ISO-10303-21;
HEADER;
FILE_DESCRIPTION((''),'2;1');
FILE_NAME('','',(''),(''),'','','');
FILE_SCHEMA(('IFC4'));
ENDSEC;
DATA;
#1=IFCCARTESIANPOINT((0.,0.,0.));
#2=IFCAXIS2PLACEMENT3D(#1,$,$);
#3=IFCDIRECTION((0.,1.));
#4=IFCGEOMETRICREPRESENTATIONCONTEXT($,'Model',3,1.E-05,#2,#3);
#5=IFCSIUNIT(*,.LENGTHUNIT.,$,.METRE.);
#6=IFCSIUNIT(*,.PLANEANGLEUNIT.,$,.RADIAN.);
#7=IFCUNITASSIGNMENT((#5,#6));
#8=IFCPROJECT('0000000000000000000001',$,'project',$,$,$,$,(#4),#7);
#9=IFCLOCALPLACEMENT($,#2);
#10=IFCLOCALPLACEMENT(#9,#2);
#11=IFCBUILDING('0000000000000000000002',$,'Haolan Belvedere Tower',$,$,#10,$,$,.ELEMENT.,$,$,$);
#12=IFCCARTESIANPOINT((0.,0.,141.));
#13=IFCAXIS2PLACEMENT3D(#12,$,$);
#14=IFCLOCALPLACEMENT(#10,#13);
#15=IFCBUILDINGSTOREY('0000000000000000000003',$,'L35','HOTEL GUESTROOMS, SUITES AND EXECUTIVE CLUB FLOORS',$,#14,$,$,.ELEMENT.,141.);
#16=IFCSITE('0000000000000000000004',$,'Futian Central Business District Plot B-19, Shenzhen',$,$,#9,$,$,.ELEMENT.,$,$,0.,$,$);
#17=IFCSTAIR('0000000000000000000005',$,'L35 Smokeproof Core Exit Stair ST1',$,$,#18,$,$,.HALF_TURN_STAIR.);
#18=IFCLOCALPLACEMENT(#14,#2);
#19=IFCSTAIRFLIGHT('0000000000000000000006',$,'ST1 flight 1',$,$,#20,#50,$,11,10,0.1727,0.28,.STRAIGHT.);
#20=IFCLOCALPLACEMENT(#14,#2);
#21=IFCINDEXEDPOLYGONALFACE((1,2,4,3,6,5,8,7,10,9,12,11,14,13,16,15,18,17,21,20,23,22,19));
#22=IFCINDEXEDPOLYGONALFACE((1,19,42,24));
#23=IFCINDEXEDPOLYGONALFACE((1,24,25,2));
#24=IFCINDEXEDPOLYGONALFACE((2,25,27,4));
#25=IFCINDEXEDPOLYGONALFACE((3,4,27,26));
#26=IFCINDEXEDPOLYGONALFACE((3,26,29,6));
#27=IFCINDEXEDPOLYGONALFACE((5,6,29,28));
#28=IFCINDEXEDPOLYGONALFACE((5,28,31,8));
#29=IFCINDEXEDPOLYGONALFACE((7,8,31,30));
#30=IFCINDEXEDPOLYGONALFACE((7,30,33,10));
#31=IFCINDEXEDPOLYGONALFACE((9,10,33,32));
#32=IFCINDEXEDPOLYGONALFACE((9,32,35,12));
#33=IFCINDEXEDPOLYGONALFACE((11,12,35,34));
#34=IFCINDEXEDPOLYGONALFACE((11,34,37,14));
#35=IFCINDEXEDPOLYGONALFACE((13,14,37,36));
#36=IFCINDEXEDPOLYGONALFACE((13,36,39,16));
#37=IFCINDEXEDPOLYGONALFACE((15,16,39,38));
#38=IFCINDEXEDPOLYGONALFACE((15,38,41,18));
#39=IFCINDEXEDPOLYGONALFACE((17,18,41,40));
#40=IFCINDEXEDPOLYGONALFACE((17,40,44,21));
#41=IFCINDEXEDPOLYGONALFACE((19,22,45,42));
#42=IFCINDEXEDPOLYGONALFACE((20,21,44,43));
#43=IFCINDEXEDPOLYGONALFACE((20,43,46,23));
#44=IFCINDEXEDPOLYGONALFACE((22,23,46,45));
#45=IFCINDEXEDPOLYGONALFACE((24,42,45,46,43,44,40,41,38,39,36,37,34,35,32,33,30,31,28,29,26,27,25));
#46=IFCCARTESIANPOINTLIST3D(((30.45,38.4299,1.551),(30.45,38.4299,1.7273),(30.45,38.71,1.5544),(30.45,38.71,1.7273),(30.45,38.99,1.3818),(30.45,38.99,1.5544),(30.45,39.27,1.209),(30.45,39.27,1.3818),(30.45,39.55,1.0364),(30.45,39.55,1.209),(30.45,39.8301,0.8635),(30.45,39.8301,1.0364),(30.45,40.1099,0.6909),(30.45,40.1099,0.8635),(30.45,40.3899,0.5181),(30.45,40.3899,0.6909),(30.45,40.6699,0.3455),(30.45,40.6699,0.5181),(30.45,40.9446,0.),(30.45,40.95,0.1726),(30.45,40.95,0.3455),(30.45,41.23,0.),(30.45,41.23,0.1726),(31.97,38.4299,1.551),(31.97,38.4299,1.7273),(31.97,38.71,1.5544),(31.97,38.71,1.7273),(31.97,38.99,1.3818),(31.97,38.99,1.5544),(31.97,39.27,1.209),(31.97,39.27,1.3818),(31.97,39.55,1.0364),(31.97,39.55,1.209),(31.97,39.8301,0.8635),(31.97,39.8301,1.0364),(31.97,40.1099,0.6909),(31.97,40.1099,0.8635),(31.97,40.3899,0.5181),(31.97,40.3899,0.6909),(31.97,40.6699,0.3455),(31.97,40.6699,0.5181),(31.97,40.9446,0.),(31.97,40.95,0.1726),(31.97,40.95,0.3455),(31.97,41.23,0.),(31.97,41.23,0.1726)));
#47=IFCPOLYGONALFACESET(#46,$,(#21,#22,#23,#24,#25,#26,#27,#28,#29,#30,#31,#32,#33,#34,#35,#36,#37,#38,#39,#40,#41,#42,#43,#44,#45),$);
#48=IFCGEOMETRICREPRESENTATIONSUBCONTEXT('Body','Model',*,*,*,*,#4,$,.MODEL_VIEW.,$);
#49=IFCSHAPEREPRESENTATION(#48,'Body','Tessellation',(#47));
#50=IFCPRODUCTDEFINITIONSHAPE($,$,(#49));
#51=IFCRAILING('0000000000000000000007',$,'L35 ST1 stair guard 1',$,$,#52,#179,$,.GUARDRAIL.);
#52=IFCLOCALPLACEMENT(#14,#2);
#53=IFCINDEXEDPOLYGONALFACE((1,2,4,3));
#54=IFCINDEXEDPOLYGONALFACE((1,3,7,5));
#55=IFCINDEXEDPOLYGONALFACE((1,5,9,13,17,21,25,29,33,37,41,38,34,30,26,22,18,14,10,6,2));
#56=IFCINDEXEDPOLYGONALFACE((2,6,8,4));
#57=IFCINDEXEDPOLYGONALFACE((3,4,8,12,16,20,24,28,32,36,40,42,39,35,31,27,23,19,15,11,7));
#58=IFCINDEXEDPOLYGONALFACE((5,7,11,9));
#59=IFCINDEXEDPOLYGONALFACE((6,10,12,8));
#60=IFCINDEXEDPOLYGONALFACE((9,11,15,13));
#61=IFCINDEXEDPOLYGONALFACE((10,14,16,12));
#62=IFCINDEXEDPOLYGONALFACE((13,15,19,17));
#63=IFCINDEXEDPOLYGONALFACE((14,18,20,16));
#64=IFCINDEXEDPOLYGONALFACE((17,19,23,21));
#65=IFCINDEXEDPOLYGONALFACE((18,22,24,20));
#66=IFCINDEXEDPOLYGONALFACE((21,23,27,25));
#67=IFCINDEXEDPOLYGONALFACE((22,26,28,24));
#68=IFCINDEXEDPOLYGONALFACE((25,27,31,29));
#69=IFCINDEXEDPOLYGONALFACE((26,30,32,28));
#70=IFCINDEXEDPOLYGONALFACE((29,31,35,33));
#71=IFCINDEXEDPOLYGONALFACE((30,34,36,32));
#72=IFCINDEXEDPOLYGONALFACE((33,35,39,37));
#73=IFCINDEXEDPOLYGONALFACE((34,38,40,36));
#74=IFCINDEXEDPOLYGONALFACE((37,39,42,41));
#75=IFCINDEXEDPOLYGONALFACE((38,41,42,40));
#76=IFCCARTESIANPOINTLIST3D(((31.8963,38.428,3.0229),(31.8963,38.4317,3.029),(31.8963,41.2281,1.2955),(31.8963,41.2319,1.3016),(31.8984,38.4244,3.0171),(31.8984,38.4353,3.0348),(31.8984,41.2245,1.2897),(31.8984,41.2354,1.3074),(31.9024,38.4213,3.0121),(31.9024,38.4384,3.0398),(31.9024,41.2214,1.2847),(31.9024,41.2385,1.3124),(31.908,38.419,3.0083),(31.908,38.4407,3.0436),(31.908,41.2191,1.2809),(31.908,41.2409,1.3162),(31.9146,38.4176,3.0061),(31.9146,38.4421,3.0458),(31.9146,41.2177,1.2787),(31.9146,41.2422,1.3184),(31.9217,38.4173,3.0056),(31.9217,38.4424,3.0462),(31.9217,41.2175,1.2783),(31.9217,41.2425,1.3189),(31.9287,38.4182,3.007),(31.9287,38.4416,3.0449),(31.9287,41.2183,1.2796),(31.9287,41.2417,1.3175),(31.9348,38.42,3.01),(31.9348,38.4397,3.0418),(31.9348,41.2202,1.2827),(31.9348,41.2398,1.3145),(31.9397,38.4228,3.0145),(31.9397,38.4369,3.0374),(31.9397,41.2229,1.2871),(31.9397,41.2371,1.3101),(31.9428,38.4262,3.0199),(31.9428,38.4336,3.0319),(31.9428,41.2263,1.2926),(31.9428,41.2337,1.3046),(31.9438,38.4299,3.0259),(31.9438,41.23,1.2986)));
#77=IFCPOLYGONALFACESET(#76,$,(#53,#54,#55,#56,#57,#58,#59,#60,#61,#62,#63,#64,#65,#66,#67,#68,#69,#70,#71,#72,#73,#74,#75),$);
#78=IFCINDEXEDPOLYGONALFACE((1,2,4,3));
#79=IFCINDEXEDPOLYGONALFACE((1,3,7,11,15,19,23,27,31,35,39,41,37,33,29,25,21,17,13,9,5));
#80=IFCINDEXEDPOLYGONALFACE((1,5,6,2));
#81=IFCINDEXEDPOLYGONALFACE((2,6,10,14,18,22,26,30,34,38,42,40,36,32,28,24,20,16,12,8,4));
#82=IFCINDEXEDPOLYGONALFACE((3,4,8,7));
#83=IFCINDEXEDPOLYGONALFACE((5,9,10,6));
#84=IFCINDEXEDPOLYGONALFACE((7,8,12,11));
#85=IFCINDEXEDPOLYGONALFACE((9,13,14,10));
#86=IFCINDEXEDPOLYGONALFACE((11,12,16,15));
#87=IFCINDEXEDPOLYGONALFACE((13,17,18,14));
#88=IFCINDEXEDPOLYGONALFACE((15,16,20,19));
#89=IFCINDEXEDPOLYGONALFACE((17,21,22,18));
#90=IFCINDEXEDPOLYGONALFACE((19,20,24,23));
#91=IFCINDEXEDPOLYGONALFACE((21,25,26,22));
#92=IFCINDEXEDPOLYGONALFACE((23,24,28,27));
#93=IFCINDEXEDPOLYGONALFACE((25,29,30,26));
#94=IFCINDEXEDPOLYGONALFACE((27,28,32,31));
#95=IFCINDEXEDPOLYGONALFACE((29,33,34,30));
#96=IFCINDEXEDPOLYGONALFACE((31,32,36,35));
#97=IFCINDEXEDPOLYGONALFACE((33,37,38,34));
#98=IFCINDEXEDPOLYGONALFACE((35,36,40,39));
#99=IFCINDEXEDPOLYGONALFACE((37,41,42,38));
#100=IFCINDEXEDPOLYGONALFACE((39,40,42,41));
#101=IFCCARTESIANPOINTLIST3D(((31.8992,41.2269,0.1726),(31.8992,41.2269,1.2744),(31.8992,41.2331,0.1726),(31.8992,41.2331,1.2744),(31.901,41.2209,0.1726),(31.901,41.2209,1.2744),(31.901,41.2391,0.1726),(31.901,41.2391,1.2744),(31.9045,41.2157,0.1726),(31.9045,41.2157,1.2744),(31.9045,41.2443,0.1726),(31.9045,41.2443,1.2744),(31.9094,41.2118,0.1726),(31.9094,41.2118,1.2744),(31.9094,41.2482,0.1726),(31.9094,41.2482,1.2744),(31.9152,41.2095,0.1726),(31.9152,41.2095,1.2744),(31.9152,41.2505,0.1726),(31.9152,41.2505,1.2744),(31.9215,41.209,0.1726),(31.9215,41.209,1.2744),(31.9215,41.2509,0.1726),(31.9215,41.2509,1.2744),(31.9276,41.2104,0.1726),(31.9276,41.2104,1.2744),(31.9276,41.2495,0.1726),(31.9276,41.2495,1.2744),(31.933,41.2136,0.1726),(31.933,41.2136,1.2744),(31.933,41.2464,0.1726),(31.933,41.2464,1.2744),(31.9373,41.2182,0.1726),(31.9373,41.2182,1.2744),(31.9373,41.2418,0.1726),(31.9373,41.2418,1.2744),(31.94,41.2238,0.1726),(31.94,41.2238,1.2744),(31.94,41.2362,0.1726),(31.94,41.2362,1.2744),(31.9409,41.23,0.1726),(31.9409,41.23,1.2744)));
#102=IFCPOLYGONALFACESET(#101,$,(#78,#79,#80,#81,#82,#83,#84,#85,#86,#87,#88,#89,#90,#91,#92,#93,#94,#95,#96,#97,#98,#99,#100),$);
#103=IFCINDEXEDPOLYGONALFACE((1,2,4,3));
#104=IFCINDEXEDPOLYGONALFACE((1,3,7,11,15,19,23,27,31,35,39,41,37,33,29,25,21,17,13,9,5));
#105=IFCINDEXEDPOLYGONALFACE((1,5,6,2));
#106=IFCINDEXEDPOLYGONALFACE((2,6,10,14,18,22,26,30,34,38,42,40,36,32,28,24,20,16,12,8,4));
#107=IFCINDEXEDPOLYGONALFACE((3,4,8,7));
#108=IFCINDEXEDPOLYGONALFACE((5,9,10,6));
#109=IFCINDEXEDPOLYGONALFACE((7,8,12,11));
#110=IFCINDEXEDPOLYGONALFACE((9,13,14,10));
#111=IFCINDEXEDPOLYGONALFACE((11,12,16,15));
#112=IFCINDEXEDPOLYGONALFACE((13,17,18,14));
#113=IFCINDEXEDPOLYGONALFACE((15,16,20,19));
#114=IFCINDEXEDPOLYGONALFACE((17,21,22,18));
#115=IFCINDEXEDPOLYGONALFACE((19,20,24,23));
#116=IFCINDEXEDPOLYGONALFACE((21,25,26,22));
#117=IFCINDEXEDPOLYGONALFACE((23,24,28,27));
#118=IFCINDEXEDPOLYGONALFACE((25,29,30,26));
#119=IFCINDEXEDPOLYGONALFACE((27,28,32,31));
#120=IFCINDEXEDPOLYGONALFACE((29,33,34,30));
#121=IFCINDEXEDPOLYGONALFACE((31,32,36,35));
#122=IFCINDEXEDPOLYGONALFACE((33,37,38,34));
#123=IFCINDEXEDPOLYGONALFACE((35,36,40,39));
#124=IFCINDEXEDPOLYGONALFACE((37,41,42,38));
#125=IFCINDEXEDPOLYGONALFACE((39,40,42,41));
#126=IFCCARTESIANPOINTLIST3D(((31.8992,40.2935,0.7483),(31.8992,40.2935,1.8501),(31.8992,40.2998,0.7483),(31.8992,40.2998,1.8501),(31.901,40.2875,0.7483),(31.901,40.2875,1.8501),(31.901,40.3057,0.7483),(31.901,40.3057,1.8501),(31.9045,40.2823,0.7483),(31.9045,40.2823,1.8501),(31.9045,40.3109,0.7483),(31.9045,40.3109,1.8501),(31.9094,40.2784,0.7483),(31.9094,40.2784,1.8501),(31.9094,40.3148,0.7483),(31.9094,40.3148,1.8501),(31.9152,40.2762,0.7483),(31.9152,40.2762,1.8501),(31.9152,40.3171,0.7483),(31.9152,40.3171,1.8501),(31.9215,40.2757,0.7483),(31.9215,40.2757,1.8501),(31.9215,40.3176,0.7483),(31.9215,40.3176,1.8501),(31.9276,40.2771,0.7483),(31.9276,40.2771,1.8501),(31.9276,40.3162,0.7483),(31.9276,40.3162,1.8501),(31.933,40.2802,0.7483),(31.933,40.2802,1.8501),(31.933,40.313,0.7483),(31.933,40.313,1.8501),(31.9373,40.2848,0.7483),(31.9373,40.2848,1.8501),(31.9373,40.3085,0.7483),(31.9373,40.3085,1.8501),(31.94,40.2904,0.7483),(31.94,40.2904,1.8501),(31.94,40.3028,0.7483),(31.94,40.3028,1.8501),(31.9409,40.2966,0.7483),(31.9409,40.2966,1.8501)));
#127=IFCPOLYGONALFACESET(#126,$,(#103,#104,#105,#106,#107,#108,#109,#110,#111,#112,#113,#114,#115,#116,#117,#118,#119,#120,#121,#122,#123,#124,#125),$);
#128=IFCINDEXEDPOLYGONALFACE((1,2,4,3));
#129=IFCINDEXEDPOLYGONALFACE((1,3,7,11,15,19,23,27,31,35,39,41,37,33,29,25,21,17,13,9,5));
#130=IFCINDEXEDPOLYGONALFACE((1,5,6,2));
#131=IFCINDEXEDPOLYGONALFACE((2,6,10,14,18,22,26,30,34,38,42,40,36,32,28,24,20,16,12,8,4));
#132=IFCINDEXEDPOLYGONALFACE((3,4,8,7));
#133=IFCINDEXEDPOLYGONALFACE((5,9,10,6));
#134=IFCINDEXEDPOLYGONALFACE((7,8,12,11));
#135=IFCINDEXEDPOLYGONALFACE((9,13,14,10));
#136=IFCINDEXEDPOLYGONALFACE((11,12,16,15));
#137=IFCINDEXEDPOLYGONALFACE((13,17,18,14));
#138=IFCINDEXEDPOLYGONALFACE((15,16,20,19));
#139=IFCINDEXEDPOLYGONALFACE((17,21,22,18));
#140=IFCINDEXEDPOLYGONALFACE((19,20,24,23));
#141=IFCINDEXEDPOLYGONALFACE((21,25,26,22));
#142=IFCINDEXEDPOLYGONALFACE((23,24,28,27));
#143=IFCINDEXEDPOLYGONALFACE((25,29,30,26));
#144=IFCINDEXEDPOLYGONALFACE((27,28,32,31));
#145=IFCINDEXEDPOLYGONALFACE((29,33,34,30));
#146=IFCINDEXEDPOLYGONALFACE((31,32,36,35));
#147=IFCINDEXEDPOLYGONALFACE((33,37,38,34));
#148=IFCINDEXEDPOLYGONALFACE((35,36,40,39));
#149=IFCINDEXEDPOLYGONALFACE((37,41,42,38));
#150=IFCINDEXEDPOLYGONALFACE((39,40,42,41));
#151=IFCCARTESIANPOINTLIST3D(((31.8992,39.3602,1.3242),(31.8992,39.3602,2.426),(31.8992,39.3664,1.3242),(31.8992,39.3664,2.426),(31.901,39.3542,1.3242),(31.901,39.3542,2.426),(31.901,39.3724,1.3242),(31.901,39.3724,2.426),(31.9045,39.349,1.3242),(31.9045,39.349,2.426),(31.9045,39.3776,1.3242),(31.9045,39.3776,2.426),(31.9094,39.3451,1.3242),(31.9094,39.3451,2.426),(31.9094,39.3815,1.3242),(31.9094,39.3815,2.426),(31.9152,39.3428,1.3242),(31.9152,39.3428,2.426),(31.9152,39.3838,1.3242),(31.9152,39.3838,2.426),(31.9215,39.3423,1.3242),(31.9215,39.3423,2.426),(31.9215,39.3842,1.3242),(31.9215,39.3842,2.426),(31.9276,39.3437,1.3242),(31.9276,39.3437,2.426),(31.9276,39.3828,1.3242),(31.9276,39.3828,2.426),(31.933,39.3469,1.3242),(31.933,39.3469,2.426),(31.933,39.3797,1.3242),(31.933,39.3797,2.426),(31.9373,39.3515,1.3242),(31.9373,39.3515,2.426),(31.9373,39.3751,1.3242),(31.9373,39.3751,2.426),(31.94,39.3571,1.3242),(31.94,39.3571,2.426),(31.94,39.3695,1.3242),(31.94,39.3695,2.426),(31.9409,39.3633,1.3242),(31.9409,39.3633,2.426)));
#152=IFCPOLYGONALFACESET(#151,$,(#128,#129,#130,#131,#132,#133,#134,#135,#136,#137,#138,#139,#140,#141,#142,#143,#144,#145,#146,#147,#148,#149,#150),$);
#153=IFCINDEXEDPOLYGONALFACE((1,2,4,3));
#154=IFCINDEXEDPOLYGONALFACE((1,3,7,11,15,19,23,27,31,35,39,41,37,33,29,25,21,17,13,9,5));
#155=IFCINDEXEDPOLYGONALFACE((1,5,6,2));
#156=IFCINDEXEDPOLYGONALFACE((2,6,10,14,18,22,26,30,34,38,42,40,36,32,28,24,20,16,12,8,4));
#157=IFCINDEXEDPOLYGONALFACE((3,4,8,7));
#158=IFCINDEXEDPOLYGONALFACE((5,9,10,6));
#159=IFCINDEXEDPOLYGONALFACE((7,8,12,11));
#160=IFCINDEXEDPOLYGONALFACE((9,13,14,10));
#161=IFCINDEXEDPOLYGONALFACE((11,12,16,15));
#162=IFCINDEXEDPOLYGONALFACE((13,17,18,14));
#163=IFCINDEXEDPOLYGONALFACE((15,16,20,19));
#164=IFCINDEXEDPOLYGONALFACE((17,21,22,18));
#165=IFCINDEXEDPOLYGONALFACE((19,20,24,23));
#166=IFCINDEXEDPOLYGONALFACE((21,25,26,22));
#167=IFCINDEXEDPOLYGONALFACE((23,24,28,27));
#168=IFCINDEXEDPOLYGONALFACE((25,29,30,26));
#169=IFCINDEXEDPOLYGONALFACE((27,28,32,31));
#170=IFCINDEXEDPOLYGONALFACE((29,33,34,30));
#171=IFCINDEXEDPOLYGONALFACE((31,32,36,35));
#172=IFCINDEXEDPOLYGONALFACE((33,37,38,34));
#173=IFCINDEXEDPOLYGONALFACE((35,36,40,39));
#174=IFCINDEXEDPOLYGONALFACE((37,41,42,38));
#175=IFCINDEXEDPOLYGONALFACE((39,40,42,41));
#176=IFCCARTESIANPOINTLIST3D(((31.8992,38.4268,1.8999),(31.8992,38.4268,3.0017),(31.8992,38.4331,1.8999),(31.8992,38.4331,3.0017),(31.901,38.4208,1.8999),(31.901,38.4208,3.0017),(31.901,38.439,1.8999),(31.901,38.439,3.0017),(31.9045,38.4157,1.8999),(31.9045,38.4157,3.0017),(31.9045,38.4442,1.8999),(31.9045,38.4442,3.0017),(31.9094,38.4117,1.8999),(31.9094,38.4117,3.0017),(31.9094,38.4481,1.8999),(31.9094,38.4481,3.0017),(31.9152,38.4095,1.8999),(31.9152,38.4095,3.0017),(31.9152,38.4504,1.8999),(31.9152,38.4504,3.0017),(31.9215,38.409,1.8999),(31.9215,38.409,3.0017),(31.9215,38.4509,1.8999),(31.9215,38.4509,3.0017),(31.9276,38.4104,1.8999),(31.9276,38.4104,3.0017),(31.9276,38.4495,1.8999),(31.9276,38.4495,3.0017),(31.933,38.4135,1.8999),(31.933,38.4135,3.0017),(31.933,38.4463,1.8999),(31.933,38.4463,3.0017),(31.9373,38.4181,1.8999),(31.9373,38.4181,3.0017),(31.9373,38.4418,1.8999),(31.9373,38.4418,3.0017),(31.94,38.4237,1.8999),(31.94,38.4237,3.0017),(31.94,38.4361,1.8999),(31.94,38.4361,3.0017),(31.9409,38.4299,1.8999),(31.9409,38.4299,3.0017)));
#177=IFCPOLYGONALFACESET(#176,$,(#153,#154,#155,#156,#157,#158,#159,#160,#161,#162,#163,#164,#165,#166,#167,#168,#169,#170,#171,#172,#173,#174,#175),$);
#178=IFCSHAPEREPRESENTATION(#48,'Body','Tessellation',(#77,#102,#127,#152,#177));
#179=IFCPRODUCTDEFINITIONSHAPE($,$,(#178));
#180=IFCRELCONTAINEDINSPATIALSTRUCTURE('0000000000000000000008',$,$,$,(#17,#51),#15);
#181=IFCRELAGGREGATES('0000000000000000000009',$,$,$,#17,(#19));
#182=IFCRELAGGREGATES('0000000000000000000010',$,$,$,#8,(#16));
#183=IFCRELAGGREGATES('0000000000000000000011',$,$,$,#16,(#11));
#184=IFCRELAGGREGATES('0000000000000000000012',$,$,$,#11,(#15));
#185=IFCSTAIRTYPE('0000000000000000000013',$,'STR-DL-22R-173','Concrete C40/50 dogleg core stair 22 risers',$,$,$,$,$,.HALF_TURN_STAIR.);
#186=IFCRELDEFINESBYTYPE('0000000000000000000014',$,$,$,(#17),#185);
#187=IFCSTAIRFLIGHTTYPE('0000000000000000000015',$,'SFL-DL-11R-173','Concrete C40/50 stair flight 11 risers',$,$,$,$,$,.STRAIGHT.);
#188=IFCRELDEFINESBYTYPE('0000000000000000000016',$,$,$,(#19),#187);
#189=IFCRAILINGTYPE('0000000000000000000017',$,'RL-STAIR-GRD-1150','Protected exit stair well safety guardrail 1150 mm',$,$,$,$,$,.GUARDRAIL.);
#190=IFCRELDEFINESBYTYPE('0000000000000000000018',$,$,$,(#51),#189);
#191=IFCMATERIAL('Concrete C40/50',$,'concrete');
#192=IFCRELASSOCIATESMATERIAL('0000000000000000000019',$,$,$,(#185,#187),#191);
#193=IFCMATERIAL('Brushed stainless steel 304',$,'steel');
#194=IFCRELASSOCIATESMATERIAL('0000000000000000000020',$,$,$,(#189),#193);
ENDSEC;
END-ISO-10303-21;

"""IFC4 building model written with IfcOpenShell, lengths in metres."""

from ifc_helpers import new_model, si_unit, direction, frame, origin, origin_2d, place, context, subcontext, project, spatial, polyline, circle, outline, extrude, material, type_object, element, aggregate, save


model = new_model("IFC4")

# Units and contexts
model_context = context("Model", 3, precision=1e-05, world=origin(), true_north=direction((0.0, 1.0)))
body_context = subcontext(model_context, "Body", "Model", "MODEL_VIEW")
ifc_project = project(units=[si_unit("LENGTHUNIT", "METRE"), si_unit("PLANEANGLEUNIT", "RADIAN")], contexts=[model_context])

# Site, building, storey
site_placement = place(None, origin())
site = spatial("IfcSite", under=ifc_project, at=site_placement, Name="Futian Central Business District Plot B-19, Shenzhen", CompositionType="ELEMENT", RefElevation=0.0)
building_placement = place(site_placement, origin())
building = spatial("IfcBuilding", under=site, at=building_placement, Name="Haolan Belvedere Tower", CompositionType="ELEMENT")
storey_placement = place(building_placement, frame((0.0, 0.0, 141.0)))
storey = spatial("IfcBuildingStorey", under=building, at=storey_placement, Name="L35", Description="HOTEL GUESTROOMS, SUITES AND EXECUTIVE CLUB FLOORS", CompositionType="ELEMENT", Elevation=141.0)

# Shared definitions
ifc_material_1 = material(Name="Concrete C40/50", Category="concrete")

# Stair, stair flight
stair_type = type_object("IfcStairType", Name="STR-DL-22R-173", Description="Concrete C40/50 dogleg core stair 22 risers", PredefinedType="HALF_TURN_STAIR", material=ifc_material_1)
stair_placement = place(storey_placement, origin())
stair = element("IfcStair", 1, at=stair_placement, inside=storey, type_object=stair_type, Name="L35 Smokeproof Core Exit Stair ST1", PredefinedType="HALF_TURN_STAIR")
stair_flight_type = type_object("IfcStairFlightType", Name="SFL-DL-11R-173", Description="Concrete C40/50 stair flight 11 risers", PredefinedType="STRAIGHT", material=ifc_material_1)
stair_flight_placement = place(storey_placement, frame((31.21, 41.23, 0.0), z_axis=(0.0, 0.0, 1.0), x_axis=(0.0, -1.0, 0.0)))
stair_flight = element("IfcStairFlight", 2, at=stair_flight_placement, type_object=stair_flight_type, Name="ST1 flight 1", NumberOfRisers=11, NumberOfTreads=10, PredefinedType="STRAIGHT", RiserHeight=0.1727, TreadLength=0.28, context=body_context, shape_type="SweptSolid", body=[
    extrude(outline(polyline([(0.0, 0.0), (0.0, 0.1726), (0.28, 0.1726), (0.28, 0.3455), (0.5601, 0.3455), (0.5601, 0.5181), (0.8401, 0.5181), (0.8401, 0.6909), (1.1201, 0.6909), (1.1201, 0.8635), (1.3999, 0.8635), (1.3999, 1.0364), (1.6799, 1.0364), (1.6799, 1.209), (1.96, 1.209), (1.96, 1.3818), (2.24, 1.3818), (2.24, 1.5544), (2.52, 1.5544), (2.52, 1.7273), (2.8, 1.7273), (2.8, 1.8999), (2.8, 1.551), (0.2854, 0.0), (0.0, 0.0)])), frame((0.0, 0.76, 0.0), z_axis=(0.0, -1.0, 0.0), x_axis=(1.0, 0.0, 0.0)), (0.0, 0.0, 1.0), 1.52),
])
aggregate(stair, [stair_flight])

# Railing
ifc_material_2 = material(Name="Brushed stainless steel 304", Category="steel")
railing_type_1 = type_object("IfcRailingType", Name="RL-STAIR-GRD-1150", Description="Protected exit stair well safety guardrail 1150 mm", PredefinedType="GUARDRAIL", material=ifc_material_2)
railing_1_placement = place(storey_placement, frame((31.9199, 41.23, 0.1726)))
element("IfcRailing", 3, at=railing_1_placement, inside=storey, type_object=railing_type_1, Name="L35 ST1 stair guard 1", PredefinedType="GUARDRAIL", context=body_context, shape_type="SweptSolid", body=[
    extrude(circle(Radius=0.0239, at=origin_2d()), frame((0.0, 0.0, 1.126), z_axis=(0.0, -0.85109, 0.52502), x_axis=(1.0, 0.0, 0.0)), (0.0, 0.0, 1.0), 3.29),
    extrude(circle(Radius=0.021, at=origin_2d()), origin(), (0.0, 0.0, 1.0), 1.1018),
    extrude(circle(Radius=0.021, at=origin_2d()), frame((0.0, -0.9333, 0.5757)), (0.0, 0.0, 1.0), 1.1018),
    extrude(circle(Radius=0.021, at=origin_2d()), frame((0.0, -1.8667, 1.1516)), (0.0, 0.0, 1.0), 1.1018),
    extrude(circle(Radius=0.021, at=origin_2d()), frame((0.0, -2.8, 1.7273)), (0.0, 0.0, 1.0), 1.1018),
])

save(model, "model.ifc")
